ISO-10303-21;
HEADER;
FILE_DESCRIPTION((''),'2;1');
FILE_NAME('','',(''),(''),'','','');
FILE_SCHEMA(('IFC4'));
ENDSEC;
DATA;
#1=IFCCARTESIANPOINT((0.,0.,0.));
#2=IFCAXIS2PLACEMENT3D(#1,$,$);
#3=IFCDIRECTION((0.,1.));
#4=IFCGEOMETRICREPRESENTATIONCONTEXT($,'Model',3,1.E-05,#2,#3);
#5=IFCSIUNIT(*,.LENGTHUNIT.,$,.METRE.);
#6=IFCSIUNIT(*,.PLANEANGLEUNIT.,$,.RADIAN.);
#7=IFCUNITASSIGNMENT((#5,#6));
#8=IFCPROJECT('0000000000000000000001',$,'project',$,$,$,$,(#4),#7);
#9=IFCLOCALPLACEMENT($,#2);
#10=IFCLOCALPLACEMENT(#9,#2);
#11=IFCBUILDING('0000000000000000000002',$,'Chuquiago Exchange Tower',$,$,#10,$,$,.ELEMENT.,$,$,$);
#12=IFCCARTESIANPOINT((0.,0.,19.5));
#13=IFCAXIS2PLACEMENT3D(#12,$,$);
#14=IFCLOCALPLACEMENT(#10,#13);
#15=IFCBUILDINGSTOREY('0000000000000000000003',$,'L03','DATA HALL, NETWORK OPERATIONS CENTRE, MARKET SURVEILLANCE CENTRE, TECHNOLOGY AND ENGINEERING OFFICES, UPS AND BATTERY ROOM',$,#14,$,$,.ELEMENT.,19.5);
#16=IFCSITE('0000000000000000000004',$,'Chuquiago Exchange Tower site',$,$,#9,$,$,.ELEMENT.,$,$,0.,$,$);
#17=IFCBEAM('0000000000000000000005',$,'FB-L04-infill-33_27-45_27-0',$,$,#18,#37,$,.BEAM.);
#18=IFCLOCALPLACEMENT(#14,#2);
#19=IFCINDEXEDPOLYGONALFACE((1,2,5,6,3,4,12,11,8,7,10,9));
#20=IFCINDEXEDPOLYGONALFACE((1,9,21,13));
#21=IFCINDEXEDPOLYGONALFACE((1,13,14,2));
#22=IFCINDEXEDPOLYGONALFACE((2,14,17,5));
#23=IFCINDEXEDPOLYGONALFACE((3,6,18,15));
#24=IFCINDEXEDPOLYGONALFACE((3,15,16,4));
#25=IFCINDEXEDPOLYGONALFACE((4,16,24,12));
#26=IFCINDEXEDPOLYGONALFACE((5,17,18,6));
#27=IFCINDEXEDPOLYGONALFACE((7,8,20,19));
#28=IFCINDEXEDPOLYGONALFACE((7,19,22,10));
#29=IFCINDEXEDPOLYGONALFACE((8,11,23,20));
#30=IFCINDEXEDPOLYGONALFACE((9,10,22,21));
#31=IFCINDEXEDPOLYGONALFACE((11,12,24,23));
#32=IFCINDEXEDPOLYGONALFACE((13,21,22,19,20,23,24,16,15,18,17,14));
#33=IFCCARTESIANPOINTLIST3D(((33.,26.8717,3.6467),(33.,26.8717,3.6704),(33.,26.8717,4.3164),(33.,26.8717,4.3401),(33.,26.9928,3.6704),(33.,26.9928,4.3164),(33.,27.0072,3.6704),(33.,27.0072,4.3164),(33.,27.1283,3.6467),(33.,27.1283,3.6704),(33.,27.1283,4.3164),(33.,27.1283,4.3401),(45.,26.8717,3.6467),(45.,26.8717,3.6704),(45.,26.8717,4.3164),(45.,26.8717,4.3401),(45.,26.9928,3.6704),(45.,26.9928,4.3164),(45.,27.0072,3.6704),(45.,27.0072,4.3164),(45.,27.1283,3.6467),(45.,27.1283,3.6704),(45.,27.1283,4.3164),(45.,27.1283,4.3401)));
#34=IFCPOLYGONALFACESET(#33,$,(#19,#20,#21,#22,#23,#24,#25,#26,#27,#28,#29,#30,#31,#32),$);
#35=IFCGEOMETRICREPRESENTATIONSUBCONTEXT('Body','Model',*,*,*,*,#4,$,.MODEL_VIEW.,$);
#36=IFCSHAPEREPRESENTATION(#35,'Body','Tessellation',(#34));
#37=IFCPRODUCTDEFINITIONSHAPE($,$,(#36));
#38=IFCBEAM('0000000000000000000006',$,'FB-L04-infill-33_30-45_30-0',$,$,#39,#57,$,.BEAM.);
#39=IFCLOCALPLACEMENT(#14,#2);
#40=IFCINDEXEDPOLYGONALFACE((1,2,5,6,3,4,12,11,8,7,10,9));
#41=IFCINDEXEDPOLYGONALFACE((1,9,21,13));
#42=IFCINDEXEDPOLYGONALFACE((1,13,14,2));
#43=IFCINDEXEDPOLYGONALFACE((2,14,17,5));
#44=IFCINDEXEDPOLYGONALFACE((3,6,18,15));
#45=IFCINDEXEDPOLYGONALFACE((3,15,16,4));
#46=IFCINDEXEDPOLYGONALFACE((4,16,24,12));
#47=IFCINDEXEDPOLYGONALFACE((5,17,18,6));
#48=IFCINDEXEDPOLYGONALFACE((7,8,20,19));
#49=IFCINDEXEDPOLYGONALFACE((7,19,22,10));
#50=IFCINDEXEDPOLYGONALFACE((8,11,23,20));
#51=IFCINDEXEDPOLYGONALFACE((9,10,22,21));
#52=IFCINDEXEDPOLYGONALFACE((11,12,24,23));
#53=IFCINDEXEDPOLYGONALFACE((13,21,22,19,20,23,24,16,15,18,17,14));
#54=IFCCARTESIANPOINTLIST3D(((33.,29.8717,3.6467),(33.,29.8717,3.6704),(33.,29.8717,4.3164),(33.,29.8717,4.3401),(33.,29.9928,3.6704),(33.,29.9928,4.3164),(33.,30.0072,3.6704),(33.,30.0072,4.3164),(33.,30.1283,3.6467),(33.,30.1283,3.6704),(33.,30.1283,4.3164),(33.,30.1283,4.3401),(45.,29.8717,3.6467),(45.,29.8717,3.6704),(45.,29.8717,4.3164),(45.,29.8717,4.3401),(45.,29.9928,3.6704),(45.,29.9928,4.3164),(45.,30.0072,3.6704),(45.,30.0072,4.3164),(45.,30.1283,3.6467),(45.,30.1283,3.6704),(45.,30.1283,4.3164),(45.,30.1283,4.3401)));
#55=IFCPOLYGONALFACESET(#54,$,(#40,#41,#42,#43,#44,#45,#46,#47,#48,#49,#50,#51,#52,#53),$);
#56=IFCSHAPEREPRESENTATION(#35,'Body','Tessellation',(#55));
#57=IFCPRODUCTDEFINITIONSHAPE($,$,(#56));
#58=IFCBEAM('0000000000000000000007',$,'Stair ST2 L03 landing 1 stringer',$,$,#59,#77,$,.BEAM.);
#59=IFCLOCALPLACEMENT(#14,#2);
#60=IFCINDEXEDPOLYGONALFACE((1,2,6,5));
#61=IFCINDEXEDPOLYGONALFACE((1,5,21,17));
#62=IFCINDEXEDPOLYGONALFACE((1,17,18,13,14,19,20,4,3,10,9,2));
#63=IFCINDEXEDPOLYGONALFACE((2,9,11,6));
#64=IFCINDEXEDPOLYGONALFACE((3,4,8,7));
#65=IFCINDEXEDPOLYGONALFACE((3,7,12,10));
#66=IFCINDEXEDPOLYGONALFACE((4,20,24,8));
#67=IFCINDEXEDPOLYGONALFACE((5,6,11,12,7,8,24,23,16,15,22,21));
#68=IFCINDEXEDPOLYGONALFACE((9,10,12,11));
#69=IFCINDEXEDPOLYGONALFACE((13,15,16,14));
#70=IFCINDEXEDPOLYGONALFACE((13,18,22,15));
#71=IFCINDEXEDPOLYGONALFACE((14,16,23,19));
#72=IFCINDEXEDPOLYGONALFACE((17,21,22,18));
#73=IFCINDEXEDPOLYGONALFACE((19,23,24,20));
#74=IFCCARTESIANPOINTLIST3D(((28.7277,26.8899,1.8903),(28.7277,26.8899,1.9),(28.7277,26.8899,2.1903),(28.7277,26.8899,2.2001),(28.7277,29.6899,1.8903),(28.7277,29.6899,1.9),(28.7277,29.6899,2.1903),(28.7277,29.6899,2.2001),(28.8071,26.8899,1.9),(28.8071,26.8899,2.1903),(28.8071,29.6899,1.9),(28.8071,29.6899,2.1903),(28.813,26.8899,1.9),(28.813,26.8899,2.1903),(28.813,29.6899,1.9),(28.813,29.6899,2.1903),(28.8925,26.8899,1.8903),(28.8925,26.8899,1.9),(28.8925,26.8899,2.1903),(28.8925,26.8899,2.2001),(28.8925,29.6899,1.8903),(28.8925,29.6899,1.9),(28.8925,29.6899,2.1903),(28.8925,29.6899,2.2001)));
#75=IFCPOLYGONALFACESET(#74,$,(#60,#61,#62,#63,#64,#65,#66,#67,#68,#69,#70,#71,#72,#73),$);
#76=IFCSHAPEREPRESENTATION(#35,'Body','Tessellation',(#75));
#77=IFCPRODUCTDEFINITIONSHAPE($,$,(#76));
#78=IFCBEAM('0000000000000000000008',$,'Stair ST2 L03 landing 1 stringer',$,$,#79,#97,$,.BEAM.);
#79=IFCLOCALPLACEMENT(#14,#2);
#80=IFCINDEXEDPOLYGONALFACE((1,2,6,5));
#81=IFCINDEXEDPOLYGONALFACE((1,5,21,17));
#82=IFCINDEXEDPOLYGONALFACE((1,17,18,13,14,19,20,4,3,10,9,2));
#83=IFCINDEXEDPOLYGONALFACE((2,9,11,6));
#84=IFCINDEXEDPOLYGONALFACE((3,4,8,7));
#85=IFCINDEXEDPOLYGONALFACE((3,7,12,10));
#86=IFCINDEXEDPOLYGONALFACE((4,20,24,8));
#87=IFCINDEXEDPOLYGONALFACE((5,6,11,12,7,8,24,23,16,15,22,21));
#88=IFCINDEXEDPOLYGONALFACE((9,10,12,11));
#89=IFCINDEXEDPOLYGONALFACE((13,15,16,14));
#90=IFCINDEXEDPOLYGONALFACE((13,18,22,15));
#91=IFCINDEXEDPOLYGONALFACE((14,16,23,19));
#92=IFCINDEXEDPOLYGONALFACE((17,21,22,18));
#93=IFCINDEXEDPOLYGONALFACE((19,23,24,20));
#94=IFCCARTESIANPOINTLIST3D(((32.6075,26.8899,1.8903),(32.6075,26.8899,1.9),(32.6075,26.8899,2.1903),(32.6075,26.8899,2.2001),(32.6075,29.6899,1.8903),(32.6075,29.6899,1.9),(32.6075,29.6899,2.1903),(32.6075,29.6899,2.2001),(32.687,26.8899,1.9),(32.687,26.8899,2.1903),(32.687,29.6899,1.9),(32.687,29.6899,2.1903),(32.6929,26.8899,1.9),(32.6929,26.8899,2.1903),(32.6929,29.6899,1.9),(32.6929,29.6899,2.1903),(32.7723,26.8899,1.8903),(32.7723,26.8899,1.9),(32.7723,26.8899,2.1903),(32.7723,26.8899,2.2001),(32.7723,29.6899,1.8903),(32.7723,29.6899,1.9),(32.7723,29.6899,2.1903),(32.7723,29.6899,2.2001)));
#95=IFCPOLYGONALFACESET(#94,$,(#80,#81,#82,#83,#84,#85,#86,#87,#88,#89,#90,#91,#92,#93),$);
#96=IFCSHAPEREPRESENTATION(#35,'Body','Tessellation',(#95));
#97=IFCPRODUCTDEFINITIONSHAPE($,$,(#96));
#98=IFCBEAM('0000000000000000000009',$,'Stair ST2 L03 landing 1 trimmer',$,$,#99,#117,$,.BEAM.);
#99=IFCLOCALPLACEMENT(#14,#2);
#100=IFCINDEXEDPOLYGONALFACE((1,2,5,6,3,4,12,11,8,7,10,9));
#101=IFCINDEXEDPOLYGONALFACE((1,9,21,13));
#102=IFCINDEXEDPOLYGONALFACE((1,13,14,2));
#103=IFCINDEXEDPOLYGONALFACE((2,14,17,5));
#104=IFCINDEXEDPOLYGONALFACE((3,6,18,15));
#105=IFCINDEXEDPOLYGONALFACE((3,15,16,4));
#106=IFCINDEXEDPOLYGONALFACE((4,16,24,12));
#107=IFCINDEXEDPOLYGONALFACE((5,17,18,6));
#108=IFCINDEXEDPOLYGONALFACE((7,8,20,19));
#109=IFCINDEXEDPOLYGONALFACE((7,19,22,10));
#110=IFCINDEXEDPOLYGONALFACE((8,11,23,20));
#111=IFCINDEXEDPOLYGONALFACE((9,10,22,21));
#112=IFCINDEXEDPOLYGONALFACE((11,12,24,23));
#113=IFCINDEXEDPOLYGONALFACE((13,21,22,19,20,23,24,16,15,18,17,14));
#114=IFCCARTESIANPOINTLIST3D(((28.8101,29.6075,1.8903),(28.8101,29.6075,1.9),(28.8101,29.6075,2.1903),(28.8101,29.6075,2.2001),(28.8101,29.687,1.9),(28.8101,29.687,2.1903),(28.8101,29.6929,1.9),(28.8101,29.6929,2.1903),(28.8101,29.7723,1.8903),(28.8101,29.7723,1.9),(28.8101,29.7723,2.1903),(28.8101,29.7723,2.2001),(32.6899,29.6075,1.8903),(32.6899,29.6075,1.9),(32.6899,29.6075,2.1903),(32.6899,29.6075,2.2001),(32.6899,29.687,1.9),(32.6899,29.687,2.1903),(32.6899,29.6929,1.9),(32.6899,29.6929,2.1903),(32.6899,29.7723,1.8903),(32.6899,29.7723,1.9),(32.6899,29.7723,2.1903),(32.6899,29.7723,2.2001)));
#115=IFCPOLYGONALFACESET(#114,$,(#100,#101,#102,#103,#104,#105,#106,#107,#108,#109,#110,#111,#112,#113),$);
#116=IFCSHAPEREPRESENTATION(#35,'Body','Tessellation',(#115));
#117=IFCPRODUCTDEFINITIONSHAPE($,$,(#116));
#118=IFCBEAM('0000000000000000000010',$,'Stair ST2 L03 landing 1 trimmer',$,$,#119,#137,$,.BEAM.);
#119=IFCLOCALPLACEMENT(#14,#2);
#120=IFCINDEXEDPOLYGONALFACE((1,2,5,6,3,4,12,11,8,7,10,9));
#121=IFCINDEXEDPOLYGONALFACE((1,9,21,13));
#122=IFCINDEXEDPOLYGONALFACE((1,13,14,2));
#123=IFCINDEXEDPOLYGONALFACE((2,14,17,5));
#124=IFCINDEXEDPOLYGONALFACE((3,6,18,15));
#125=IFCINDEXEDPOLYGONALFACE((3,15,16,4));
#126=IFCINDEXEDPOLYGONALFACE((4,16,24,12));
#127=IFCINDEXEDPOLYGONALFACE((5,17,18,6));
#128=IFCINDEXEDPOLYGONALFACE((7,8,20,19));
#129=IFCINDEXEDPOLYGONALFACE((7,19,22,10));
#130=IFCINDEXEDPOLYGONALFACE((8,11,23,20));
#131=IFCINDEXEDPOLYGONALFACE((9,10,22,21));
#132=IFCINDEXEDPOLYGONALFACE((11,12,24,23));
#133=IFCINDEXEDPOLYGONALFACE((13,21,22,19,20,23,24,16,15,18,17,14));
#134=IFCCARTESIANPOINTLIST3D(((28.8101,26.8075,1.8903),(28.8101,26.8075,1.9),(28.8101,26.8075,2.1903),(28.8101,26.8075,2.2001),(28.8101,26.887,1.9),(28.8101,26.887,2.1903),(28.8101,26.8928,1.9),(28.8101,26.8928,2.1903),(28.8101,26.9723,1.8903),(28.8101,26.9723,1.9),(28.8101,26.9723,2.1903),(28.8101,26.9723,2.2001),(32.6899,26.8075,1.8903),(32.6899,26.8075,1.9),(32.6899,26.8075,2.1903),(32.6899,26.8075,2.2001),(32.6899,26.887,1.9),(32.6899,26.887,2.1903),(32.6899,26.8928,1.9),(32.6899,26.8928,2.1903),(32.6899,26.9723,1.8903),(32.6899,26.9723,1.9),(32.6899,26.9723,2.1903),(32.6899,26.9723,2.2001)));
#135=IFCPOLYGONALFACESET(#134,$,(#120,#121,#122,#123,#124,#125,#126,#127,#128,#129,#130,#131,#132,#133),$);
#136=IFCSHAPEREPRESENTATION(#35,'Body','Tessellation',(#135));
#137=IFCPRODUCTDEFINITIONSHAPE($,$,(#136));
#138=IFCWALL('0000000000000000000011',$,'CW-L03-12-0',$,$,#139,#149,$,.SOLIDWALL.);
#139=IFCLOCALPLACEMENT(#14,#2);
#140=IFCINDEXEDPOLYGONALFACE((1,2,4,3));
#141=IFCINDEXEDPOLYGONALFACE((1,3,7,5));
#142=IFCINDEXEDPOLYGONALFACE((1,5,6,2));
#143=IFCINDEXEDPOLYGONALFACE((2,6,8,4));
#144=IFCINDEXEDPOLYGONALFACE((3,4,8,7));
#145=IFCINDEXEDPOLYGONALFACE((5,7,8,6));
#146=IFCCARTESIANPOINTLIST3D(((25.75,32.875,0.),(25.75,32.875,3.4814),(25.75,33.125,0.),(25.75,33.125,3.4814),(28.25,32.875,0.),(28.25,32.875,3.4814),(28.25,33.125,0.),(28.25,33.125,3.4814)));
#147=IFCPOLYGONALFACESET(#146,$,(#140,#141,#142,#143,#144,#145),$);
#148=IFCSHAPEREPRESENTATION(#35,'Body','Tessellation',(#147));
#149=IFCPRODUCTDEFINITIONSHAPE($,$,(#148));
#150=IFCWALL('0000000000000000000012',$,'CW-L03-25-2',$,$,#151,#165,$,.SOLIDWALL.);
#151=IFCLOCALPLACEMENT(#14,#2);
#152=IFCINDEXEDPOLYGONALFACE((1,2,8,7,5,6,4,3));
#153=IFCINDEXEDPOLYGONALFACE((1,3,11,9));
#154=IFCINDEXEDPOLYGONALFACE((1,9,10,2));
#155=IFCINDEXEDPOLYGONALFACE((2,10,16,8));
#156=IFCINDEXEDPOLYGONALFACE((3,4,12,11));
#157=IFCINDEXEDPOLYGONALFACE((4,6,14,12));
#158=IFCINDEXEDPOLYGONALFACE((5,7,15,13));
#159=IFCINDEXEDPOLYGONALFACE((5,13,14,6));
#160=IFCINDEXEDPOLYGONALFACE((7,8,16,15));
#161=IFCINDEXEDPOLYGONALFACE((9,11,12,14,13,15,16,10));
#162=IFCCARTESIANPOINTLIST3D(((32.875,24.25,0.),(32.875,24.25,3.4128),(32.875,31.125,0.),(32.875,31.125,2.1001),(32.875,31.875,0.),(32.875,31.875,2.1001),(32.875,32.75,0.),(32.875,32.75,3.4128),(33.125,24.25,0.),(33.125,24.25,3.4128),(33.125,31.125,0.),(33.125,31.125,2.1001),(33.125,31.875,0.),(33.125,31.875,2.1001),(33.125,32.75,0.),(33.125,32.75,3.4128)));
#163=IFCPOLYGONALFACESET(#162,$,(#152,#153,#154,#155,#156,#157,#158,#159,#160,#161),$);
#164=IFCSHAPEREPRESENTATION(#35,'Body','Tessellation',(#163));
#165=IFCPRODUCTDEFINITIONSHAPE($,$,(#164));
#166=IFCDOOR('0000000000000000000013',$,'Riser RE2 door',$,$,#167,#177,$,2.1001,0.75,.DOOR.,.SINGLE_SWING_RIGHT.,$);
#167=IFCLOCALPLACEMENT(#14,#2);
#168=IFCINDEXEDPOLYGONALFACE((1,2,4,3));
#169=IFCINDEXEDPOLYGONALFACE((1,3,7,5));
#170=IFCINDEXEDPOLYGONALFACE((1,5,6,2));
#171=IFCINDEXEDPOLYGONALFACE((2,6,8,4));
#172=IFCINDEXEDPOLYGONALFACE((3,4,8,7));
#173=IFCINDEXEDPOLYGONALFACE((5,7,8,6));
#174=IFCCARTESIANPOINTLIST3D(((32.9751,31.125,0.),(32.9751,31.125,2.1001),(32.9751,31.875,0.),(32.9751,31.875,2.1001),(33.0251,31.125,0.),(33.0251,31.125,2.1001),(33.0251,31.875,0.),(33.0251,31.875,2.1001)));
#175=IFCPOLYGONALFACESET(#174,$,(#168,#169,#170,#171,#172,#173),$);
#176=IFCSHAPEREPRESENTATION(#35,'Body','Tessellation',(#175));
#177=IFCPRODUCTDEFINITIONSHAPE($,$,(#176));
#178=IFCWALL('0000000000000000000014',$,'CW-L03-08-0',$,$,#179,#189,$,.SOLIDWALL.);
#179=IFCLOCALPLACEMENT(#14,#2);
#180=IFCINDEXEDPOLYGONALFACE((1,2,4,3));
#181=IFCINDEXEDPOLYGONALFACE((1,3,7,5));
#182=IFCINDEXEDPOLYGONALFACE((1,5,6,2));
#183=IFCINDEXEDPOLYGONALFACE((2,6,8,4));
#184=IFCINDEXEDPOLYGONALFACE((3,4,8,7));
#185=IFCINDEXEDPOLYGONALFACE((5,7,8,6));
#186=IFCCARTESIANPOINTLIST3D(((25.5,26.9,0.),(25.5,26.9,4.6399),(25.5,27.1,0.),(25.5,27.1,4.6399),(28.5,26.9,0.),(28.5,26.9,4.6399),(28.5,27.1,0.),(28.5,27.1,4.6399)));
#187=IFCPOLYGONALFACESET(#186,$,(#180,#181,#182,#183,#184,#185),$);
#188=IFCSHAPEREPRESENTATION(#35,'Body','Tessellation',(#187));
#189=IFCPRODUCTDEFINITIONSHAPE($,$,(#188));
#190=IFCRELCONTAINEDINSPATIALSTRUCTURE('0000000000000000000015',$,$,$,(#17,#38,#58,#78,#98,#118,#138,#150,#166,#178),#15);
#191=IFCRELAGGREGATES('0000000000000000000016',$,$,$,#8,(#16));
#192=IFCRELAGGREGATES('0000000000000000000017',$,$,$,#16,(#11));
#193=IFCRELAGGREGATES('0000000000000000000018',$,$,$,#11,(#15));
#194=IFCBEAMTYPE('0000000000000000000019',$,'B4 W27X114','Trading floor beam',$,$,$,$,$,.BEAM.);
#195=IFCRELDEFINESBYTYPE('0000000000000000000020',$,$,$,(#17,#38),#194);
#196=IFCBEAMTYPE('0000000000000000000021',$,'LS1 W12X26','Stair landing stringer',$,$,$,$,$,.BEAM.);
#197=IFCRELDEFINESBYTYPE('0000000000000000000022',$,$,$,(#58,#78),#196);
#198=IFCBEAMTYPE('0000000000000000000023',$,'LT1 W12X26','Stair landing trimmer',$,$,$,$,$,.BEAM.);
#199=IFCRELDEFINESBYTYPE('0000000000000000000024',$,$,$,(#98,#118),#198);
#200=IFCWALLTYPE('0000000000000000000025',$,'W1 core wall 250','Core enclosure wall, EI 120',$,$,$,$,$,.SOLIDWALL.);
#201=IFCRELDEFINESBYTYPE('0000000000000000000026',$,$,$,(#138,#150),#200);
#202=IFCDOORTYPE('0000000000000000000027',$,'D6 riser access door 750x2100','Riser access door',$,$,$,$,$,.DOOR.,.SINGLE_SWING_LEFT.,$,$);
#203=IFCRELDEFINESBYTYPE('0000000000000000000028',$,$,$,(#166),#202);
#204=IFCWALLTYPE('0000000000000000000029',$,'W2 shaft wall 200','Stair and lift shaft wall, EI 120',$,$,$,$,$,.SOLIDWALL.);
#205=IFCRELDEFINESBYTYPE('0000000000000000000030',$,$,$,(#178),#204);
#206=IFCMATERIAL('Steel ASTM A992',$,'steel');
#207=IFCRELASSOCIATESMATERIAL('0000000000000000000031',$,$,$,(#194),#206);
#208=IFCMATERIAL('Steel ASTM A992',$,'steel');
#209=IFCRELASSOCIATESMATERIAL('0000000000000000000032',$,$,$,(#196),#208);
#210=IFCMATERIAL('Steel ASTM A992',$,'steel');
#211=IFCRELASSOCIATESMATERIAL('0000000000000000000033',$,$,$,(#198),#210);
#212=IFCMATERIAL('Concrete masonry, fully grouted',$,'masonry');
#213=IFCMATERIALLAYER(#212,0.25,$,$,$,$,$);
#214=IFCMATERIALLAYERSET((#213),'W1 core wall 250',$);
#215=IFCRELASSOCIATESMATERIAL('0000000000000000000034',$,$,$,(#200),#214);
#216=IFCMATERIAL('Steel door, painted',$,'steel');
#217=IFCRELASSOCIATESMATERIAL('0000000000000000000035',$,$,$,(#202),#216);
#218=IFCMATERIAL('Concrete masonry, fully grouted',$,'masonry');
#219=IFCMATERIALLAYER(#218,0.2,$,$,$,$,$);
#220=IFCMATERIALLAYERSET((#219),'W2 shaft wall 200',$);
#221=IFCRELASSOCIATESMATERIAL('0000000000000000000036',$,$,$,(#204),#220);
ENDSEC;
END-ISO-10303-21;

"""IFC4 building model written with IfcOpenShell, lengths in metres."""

from ifc_helpers import new_model, si_unit, direction, frame, frame_2d, origin, origin_2d, place, context, subcontext, project, spatial, rectangle, i_section, extrude, material, layer, layer_set, material_profile, profile_set, type_object, element, fill, save


model = new_model("IFC4")

# Units and contexts
model_context = context("Model", 3, precision=1e-05, world=origin(), true_north=direction((0.0, 1.0)))
body_context = subcontext(model_context, "Body", "Model", "MODEL_VIEW")
ifc_project = project(units=[si_unit("LENGTHUNIT", "METRE"), si_unit("PLANEANGLEUNIT", "RADIAN")], contexts=[model_context])

# Site, building, storey
site_placement = place(None, origin())
site = spatial("IfcSite", under=ifc_project, at=site_placement, Name="Chuquiago Exchange Tower site", CompositionType="ELEMENT", RefElevation=0.0)
building_placement = place(site_placement, origin())
building = spatial("IfcBuilding", under=site, at=building_placement, Name="Chuquiago Exchange Tower", CompositionType="ELEMENT")
storey_placement = place(building_placement, frame((0.0, 0.0, 19.5)))
storey = spatial("IfcBuildingStorey", under=building, at=storey_placement, Name="L03", Description="DATA HALL, NETWORK OPERATIONS CENTRE, MARKET SURVEILLANCE CENTRE, TECHNOLOGY AND ENGINEERING OFFICES, UPS AND BATTERY ROOM", CompositionType="ELEMENT", Elevation=19.5)

# Beams
ifc_material_1 = material(Name="Steel ASTM A992", Category="steel")
ifc_material_profile_1 = material_profile(ifc_material_1, i_section(OverallWidth=0.2566, OverallDepth=0.6934, WebThickness=0.0144, FlangeThickness=0.0237, at=origin_2d()), Name="W27X114")
ifc_profile_set_1 = profile_set([ifc_material_profile_1], Name="Steel ASTM A992")
beam_type_1 = type_object("IfcBeamType", Name="B4 W27X114", Description="Trading floor beam", PredefinedType="BEAM", material=ifc_profile_set_1)
for number, where, z_axis, x_axis, name in (
    (1, (33.0, 27.0, 3.9934), (1.0, 0.0, 0.0), (0.0, 1.0, 0.0), "FB-L04-infill-33_27-45_27-0"),
    (2, (33.0, 30.0, 3.9934), (1.0, 0.0, 0.0), (0.0, 1.0, 0.0), "FB-L04-infill-33_30-45_30-0"),
):
    element("IfcBeam", number, at=place(storey_placement, frame(where, z_axis=z_axis, x_axis=x_axis)), inside=storey, type_object=beam_type_1, Name=name, PredefinedType="BEAM", context=body_context, shape_type="SweptSolid", body=[
        extrude(i_section(OverallWidth=0.2566, OverallDepth=0.6934, WebThickness=0.0144, FlangeThickness=0.0237, at=origin_2d()), origin(), (0.0, 0.0, 1.0), 12.0),
    ])
ifc_material_2 = material(Name="Steel ASTM A992", Category="steel")
ifc_material_profile_2 = material_profile(ifc_material_2, i_section(OverallWidth=0.1648, OverallDepth=0.3098, WebThickness=0.0059, FlangeThickness=0.0098, at=origin_2d()), Name="W12X26")
ifc_profile_set_2 = profile_set([ifc_material_profile_2], Name="Steel ASTM A992")
beam_type_2 = type_object("IfcBeamType", Name="LS1 W12X26", Description="Stair landing stringer", PredefinedType="BEAM", material=ifc_profile_set_2)
for number, where, z_axis, x_axis, name in (
    (3, (28.8101, 26.8899, 2.0452), (0.0, 1.0, 0.0), (-1.0, 0.0, 0.0), "Stair ST2 L03 landing 1 stringer"),
    (4, (32.6899, 26.8899, 2.0452), (0.0, 1.0, 0.0), (-1.0, 0.0, 0.0), "Stair ST2 L03 landing 1 stringer"),
):
    element("IfcBeam", number, at=place(storey_placement, frame(where, z_axis=z_axis, x_axis=x_axis)), inside=storey, type_object=beam_type_2, Name=name, PredefinedType="BEAM", context=body_context, shape_type="SweptSolid", body=[
        extrude(i_section(OverallWidth=0.1648, OverallDepth=0.3098, WebThickness=0.0059, FlangeThickness=0.0098, at=origin_2d()), origin(), (0.0, 0.0, 1.0), 2.8),
    ])
ifc_material_3 = material(Name="Steel ASTM A992", Category="steel")
ifc_material_profile_3 = material_profile(ifc_material_3, i_section(OverallWidth=0.1648, OverallDepth=0.3098, WebThickness=0.0059, FlangeThickness=0.0098, at=origin_2d()), Name="W12X26")
ifc_profile_set_3 = profile_set([ifc_material_profile_3], Name="Steel ASTM A992")
beam_type_3 = type_object("IfcBeamType", Name="LT1 W12X26", Description="Stair landing trimmer", PredefinedType="BEAM", material=ifc_profile_set_3)
for number, where, z_axis, x_axis, name in (
    (5, (28.8101, 29.6899, 2.0452), (1.0, 0.0, 0.0), (0.0, 1.0, 0.0), "Stair ST2 L03 landing 1 trimmer"),
    (6, (28.8101, 26.8899, 2.0452), (1.0, 0.0, 0.0), (0.0, 1.0, 0.0), "Stair ST2 L03 landing 1 trimmer"),
):
    element("IfcBeam", number, at=place(storey_placement, frame(where, z_axis=z_axis, x_axis=x_axis)), inside=storey, type_object=beam_type_3, Name=name, PredefinedType="BEAM", context=body_context, shape_type="SweptSolid", body=[
        extrude(i_section(OverallWidth=0.1648, OverallDepth=0.3098, WebThickness=0.0059, FlangeThickness=0.0098, at=origin_2d()), origin(), (0.0, 0.0, 1.0), 3.8799),
    ])

# Wall
ifc_material_4 = material(Name="Concrete masonry, fully grouted", Category="masonry")
ifc_layer_1 = layer(ifc_material_4, 0.25)
ifc_layer_set_1 = layer_set([ifc_layer_1], Name="W1 core wall 250")
wall_type_1 = type_object("IfcWallType", Name="W1 core wall 250", Description="Core enclosure wall, EI 120", PredefinedType="SOLIDWALL", material=ifc_layer_set_1)
wall_1_placement = place(storey_placement, frame((25.75, 33.0, 0.0), z_axis=(0.0, 0.0, 1.0), x_axis=(1.0, 0.0, 0.0)))
element("IfcWall", 7, at=wall_1_placement, inside=storey, type_object=wall_type_1, Name="CW-L03-12-0", PredefinedType="SOLIDWALL", context=body_context, shape_type="SweptSolid", body=[
    extrude(rectangle(XDim=2.5, YDim=0.25, at=frame_2d((1.25, 0.0))), origin(), (0.0, 0.0, 1.0), 3.4814),
])

# Wall, opening, door
wall_2_placement = place(storey_placement, frame((33.0, 24.25, 0.0), z_axis=(0.0, 0.0, 1.0), x_axis=(0.0, 1.0, 0.0)))
wall_2 = element("IfcWall", 8, at=wall_2_placement, inside=storey, type_object=wall_type_1, Name="CW-L03-25-2", PredefinedType="SOLIDWALL", context=body_context, shape_type="SweptSolid", body=[
    extrude(rectangle(XDim=8.5, YDim=0.25, at=frame_2d((4.25, 0.0))), origin(), (0.0, 0.0, 1.0), 3.4128),
])
opening_1_placement = place(wall_2_placement, frame((6.875, 0.0, 0.0)))
opening_1 = element("IfcOpeningElement", 9, at=opening_1_placement, cuts=wall_2, PredefinedType="OPENING", context=body_context, shape_type="SweptSolid", body=[
    extrude(rectangle(XDim=0.75, YDim=2.1001, at=frame_2d((0.375, 1.05))), frame((0.0, 0.135, 0.0), z_axis=(0.0, -1.0, 0.0), x_axis=(1.0, 0.0, 0.0)), (0.0, 0.0, 1.0), 0.27),
])
ifc_material_5 = material(Name="Steel door, painted", Category="steel")
door_type_1 = type_object("IfcDoorType", Name="D6 riser access door 750x2100", Description="Riser access door", OperationType="SINGLE_SWING_LEFT", PredefinedType="DOOR", material=ifc_material_5)
door_1_placement = place(opening_1_placement, origin())
door_1 = element("IfcDoor", 10, at=door_1_placement, inside=storey, type_object=door_type_1, Name="Riser RE2 door", OperationType="SINGLE_SWING_RIGHT", OverallHeight=2.1001, OverallWidth=0.75, PredefinedType="DOOR", context=body_context, shape_type="SweptSolid", body=[
    extrude(rectangle(XDim=0.75, YDim=2.1001, at=frame_2d((0.375, 1.05))), frame((0.0, 0.0249, 0.0), z_axis=(0.0, -1.0, 0.0), x_axis=(1.0, 0.0, 0.0)), (0.0, 0.0, 1.0), 0.05),
])
fill(opening_1, door_1)

# Wall
ifc_material_6 = material(Name="Concrete masonry, fully grouted", Category="masonry")
ifc_layer_2 = layer(ifc_material_6, 0.2)
ifc_layer_set_2 = layer_set([ifc_layer_2], Name="W2 shaft wall 200")
wall_type_2 = type_object("IfcWallType", Name="W2 shaft wall 200", Description="Stair and lift shaft wall, EI 120", PredefinedType="SOLIDWALL", material=ifc_layer_set_2)
wall_3_placement = place(storey_placement, frame((25.5, 27.0, 0.0), z_axis=(0.0, 0.0, 1.0), x_axis=(1.0, 0.0, 0.0)))
element("IfcWall", 11, at=wall_3_placement, inside=storey, type_object=wall_type_2, Name="CW-L03-08-0", PredefinedType="SOLIDWALL", context=body_context, shape_type="SweptSolid", body=[
    extrude(rectangle(XDim=3.0, YDim=0.2, at=frame_2d((1.5, 0.0))), origin(), (0.0, 0.0, 1.0), 4.6399),
])

save(model, "model.ifc")
